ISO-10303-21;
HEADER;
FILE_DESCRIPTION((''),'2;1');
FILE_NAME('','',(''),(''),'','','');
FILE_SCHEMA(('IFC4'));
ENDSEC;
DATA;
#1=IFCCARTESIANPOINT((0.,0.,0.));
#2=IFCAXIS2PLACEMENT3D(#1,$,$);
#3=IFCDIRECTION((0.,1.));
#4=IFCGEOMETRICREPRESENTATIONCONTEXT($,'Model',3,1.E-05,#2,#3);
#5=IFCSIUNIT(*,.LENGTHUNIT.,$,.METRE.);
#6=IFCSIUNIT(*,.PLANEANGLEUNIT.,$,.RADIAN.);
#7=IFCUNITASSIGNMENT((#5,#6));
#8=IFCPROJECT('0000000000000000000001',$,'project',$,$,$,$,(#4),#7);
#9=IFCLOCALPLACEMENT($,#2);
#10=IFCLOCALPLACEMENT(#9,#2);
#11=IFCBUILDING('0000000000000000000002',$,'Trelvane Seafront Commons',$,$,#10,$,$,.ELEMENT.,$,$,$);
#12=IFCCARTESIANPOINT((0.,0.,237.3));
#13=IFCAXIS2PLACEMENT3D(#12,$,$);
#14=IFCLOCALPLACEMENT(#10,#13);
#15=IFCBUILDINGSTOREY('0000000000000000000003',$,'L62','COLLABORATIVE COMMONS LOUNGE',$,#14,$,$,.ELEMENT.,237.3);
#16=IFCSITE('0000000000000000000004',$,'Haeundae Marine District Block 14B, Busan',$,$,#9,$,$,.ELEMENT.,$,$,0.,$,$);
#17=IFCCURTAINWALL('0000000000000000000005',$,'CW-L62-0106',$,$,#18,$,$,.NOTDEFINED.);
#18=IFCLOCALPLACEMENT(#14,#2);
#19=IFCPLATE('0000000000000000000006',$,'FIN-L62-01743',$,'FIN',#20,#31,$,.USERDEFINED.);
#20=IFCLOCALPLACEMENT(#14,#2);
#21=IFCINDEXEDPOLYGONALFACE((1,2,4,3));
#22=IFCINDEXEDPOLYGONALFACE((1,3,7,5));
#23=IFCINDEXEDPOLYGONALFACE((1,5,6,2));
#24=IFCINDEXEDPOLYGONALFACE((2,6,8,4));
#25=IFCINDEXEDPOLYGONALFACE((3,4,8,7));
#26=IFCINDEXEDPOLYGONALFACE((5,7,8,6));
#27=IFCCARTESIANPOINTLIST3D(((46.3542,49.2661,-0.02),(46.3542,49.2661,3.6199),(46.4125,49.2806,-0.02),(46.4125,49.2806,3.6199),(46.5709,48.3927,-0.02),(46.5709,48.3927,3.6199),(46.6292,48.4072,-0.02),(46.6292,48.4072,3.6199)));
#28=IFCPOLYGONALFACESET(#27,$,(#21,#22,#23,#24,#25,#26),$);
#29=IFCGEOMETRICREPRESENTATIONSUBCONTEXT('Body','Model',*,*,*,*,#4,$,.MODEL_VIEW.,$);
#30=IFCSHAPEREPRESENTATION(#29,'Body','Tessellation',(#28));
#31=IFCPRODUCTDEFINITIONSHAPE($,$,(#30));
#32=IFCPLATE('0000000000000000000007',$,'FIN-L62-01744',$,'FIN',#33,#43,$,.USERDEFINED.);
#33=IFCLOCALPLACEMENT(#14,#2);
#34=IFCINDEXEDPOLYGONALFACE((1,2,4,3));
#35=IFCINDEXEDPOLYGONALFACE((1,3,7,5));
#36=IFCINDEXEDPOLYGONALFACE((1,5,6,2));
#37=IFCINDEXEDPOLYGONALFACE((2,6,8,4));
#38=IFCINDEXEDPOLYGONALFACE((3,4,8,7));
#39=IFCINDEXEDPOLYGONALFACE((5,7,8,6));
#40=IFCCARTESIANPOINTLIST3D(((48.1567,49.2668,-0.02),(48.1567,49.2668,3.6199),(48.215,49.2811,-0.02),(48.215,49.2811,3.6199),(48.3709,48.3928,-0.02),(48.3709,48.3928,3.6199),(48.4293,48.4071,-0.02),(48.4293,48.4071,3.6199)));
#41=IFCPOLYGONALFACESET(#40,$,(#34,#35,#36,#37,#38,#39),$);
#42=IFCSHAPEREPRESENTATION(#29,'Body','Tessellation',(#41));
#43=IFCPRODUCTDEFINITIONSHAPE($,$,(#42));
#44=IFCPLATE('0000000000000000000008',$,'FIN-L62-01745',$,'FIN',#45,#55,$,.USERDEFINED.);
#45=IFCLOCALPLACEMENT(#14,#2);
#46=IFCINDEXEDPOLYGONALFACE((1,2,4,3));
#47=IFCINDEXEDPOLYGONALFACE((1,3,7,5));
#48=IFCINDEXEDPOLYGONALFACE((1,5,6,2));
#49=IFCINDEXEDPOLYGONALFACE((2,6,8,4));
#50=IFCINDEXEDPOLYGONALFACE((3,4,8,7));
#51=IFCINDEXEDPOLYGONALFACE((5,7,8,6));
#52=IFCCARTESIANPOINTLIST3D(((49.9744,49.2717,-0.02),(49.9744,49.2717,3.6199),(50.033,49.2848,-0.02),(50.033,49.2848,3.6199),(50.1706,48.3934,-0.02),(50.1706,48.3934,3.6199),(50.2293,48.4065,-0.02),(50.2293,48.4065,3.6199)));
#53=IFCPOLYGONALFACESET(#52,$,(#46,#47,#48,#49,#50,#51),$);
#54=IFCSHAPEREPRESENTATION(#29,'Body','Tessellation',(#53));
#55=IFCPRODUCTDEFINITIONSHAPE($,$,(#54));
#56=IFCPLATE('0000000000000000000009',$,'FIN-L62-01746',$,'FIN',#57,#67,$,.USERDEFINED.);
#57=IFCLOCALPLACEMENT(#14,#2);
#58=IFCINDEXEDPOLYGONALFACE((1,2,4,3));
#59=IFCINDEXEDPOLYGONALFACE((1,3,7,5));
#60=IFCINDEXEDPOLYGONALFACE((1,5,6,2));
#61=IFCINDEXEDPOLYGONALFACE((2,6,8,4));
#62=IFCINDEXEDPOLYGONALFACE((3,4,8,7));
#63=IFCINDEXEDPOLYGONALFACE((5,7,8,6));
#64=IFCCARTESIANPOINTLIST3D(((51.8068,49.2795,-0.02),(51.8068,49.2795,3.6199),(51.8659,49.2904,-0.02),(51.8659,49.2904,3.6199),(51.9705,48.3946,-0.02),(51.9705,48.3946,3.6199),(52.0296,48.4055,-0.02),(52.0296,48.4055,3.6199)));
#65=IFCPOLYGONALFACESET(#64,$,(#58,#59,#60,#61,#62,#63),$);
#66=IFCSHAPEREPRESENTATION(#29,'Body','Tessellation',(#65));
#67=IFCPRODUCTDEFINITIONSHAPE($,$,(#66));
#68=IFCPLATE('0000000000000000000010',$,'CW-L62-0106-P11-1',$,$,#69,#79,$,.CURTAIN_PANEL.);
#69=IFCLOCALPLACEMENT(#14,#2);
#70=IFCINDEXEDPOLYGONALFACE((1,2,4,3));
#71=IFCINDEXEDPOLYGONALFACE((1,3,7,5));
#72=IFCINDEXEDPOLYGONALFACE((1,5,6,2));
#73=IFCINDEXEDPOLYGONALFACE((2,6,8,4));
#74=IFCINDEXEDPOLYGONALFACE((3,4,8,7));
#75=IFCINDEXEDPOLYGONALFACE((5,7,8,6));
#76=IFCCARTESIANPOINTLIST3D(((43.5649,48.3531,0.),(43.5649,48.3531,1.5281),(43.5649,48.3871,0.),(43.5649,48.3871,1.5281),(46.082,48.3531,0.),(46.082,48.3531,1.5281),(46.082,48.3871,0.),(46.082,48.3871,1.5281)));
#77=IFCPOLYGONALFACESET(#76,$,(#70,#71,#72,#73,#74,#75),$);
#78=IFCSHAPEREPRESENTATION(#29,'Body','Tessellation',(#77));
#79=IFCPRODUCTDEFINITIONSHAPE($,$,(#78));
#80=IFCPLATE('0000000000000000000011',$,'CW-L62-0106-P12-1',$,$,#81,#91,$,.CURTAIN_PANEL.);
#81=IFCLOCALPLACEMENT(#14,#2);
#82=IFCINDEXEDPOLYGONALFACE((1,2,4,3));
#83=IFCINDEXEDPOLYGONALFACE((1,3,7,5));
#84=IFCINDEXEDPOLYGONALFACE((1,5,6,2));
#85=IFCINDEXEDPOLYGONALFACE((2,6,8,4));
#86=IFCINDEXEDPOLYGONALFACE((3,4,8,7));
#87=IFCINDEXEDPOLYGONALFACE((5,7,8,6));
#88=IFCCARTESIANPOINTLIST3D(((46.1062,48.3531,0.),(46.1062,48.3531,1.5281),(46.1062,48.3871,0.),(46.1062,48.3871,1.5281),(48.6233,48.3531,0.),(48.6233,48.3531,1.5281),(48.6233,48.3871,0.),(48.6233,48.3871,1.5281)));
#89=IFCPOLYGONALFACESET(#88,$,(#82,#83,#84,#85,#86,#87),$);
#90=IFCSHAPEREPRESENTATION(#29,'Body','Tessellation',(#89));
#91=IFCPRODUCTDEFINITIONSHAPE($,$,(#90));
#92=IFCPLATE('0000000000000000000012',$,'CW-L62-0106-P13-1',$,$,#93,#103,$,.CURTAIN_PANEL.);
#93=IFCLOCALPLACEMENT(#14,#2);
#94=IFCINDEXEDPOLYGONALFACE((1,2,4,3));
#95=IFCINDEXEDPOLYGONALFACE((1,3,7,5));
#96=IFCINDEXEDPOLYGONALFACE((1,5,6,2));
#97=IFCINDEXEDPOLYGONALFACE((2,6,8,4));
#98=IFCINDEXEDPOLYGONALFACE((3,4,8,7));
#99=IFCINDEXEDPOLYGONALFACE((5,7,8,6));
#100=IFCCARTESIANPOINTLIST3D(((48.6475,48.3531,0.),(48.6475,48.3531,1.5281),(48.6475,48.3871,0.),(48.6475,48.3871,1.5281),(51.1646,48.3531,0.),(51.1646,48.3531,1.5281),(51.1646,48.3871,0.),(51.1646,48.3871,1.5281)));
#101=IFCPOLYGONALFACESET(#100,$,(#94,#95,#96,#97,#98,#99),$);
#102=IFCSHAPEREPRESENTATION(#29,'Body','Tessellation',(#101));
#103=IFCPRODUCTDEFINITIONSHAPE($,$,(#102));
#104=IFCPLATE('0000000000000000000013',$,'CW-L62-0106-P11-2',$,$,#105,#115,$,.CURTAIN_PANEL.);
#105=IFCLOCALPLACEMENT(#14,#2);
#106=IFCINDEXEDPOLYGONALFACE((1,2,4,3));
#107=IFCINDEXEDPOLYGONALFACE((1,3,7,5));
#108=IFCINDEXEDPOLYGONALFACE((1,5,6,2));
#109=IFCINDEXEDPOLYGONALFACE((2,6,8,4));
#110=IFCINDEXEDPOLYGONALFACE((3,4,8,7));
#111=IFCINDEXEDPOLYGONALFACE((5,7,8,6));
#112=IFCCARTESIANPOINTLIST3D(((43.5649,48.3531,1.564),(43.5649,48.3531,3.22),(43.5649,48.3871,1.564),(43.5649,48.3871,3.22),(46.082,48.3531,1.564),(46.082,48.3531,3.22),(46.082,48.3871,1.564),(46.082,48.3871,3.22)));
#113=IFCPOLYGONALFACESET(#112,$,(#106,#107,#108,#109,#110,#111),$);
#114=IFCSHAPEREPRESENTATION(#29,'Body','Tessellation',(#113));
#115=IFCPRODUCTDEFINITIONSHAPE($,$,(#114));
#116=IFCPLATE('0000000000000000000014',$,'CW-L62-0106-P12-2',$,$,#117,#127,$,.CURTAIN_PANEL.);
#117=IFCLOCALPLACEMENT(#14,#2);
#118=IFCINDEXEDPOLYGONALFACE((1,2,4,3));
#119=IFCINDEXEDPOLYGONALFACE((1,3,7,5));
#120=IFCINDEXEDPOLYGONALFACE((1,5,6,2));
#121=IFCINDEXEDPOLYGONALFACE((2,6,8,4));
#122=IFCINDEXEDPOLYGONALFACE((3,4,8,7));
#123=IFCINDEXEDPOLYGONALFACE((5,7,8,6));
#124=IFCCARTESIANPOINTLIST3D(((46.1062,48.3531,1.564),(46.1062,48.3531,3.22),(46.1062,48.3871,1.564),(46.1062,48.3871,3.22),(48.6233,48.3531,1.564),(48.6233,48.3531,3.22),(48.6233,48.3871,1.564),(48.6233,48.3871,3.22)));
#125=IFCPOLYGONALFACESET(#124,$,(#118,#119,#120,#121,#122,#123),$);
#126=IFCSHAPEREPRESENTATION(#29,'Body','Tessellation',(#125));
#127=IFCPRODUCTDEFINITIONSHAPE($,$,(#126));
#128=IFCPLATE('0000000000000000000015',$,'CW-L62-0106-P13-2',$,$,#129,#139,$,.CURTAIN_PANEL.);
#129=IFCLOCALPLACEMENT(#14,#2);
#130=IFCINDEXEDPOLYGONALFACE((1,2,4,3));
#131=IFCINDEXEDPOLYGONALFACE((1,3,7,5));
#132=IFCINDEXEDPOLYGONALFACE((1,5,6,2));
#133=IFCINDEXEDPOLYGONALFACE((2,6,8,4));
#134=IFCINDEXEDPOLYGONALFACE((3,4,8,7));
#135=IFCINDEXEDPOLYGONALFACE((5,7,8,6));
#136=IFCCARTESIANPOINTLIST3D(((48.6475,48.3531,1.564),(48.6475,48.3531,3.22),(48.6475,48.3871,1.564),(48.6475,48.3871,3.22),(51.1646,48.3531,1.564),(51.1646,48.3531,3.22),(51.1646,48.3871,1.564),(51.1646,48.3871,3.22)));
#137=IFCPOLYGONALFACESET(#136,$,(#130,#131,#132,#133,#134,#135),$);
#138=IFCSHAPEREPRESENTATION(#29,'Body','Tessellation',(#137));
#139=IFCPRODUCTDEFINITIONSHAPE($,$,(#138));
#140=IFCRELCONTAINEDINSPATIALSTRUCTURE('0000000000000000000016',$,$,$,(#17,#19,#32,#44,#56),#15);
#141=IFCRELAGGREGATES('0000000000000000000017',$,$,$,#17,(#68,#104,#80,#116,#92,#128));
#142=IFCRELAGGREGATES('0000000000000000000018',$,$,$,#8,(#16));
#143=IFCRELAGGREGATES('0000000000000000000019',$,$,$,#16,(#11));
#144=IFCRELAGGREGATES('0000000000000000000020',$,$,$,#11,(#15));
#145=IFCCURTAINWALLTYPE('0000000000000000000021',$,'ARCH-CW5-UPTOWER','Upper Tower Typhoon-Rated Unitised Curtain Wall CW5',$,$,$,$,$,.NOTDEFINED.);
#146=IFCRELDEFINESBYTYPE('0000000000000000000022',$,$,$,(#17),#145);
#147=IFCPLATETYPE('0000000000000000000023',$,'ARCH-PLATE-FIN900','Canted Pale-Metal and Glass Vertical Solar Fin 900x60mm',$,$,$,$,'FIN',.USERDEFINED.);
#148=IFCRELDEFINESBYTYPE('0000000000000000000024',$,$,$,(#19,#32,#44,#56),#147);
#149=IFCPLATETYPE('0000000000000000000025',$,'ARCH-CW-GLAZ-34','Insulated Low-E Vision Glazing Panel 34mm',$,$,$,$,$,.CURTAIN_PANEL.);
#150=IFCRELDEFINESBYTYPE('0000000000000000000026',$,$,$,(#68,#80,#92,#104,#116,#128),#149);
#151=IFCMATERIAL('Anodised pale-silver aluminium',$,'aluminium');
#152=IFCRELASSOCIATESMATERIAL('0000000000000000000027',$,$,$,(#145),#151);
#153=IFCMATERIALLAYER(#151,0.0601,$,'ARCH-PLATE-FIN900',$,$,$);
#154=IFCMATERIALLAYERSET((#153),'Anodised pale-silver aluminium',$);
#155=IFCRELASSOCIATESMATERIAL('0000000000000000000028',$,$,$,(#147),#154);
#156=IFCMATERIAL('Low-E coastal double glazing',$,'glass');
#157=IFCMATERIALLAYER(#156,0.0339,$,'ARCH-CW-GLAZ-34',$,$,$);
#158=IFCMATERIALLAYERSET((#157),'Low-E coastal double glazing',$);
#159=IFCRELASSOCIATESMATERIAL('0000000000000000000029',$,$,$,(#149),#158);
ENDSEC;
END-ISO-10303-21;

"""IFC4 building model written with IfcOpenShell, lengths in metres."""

from ifc_helpers import new_model, si_unit, direction, frame, origin, origin_2d, place, context, subcontext, project, spatial, rectangle, extrude, source, transform, mapped, material, layer, layer_set, type_object, element, aggregate, save


model = new_model("IFC4")

# Units and contexts
model_context = context("Model", 3, precision=1e-05, world=origin(), true_north=direction((0.0, 1.0)))
body_context = subcontext(model_context, "Body", "Model", "MODEL_VIEW")
ifc_project = project(units=[si_unit("LENGTHUNIT", "METRE"), si_unit("PLANEANGLEUNIT", "RADIAN")], contexts=[model_context])

# Site, building, storey
site_placement = place(None, origin())
site = spatial("IfcSite", under=ifc_project, at=site_placement, Name="Haeundae Marine District Block 14B, Busan", CompositionType="ELEMENT", RefElevation=0.0)
building_placement = place(site_placement, origin())
building = spatial("IfcBuilding", under=site, at=building_placement, Name="Trelvane Seafront Commons", CompositionType="ELEMENT")
storey_placement = place(building_placement, frame((0.0, 0.0, 237.3)))
storey = spatial("IfcBuildingStorey", under=building, at=storey_placement, Name="L62", Description="COLLABORATIVE COMMONS LOUNGE", CompositionType="ELEMENT", Elevation=237.3)

# Curtain wall
ifc_material_1 = material(Name="Anodised pale-silver aluminium", Category="aluminium")
curtain_wall_type = type_object("IfcCurtainWallType", Name="ARCH-CW5-UPTOWER", Description="Upper Tower Typhoon-Rated Unitised Curtain Wall CW5", PredefinedType="NOTDEFINED", material=ifc_material_1)
curtain_wall_placement = place(storey_placement, origin())
curtain_wall = element("IfcCurtainWall", 1, at=curtain_wall_placement, inside=storey, type_object=curtain_wall_type, Name="CW-L62-0106", PredefinedType="NOTDEFINED")

# Plates
ifc_layer_1 = layer(ifc_material_1, 0.0601, Name="ARCH-PLATE-FIN900")
ifc_layer_set_1 = layer_set([ifc_layer_1], Name="Anodised pale-silver aluminium")
plate_type_1 = type_object("IfcPlateType", Name="ARCH-PLATE-FIN900", Description="Canted Pale-Metal and Glass Vertical Solar Fin 900x60mm", ElementType="FIN", PredefinedType="USERDEFINED", material=ifc_layer_set_1)
shared_shape_1 = source(origin(), body_context, "Body", "SweptSolid", [
    extrude(rectangle(XDim=0.8999, YDim=0.0601, at=origin_2d()), origin(), (0.0, 0.0, 1.0), 3.6399),
])
for number, where, z_axis, x_axis, name in (
    (2, (46.4917, 48.8367, -0.02), (0.0, 0.0, 1.0), (-0.240889, 0.970553, 0.0), "FIN-L62-01743"),
    (3, (48.293, 48.8369, -0.02), (0.0, 0.0, 1.0), (-0.238115, 0.971237, 0.0), "FIN-L62-01744"),
    (4, (50.1018, 48.8391, -0.02), (0.0, 0.0, 1.0), (-0.218119, 0.975922, 0.0), "FIN-L62-01745"),
    (5, (51.9182, 48.8425, -0.02), (0.0, 0.0, 1.0), (-0.181887, 0.983319, 0.0), "FIN-L62-01746"),
):
    element("IfcPlate", number, at=place(storey_placement, frame(where, z_axis=z_axis, x_axis=x_axis)), inside=storey, type_object=plate_type_1, Name=name, ObjectType="FIN", PredefinedType="USERDEFINED", context=body_context, shape_type="MappedRepresentation", body=[
        mapped(shared_shape_1, transform((0.0, 0.0, 0.0), x_axis=(1.0, 0.0, 0.0), y_axis=(0.0, 1.0, 0.0), z_axis=(0.0, 0.0, 1.0), scale=1.0)),
    ])

# Plates
ifc_material_2 = material(Name="Low-E coastal double glazing", Category="glass")
ifc_layer_2 = layer(ifc_material_2, 0.0339, Name="ARCH-CW-GLAZ-34")
ifc_layer_set_2 = layer_set([ifc_layer_2], Name="Low-E coastal double glazing")
plate_type_2 = type_object("IfcPlateType", Name="ARCH-CW-GLAZ-34", Description="Insulated Low-E Vision Glazing Panel 34mm", PredefinedType="CURTAIN_PANEL", material=ifc_layer_set_2)
shared_shape_2 = source(origin(), body_context, "Body", "SweptSolid", [
    extrude(rectangle(XDim=2.5171, YDim=0.0339, at=origin_2d()), origin(), (0.0, 0.0, 1.0), 1.5281),
])
plate_1_placement = place(storey_placement, frame((44.8235, 48.3701, 0.0), z_axis=(0.0, 0.0, 1.0), x_axis=(1.0, 0.0, 0.0)))
plate_1 = element("IfcPlate", 6, at=plate_1_placement, type_object=plate_type_2, Name="CW-L62-0106-P11-1", PredefinedType="CURTAIN_PANEL", context=body_context, shape_type="MappedRepresentation", body=[
    mapped(shared_shape_2, transform((0.0, 0.0, 0.0), x_axis=(1.0, 0.0, 0.0), y_axis=(0.0, 1.0, 0.0), z_axis=(0.0, 0.0, 1.0), scale=1.0)),
])
plate_2_placement = place(storey_placement, frame((47.3647, 48.3701, 0.0), z_axis=(0.0, 0.0, 1.0), x_axis=(1.0, 0.0, 0.0)))
plate_2 = element("IfcPlate", 7, at=plate_2_placement, type_object=plate_type_2, Name="CW-L62-0106-P12-1", PredefinedType="CURTAIN_PANEL", context=body_context, shape_type="MappedRepresentation", body=[
    mapped(shared_shape_2, transform((0.0, 0.0, 0.0), x_axis=(1.0, 0.0, 0.0), y_axis=(0.0, 1.0, 0.0), z_axis=(0.0, 0.0, 1.0), scale=1.0)),
])
plate_3_placement = place(storey_placement, frame((49.906, 48.3701, 0.0), z_axis=(0.0, 0.0, 1.0), x_axis=(1.0, 0.0, 0.0)))
plate_3 = element("IfcPlate", 8, at=plate_3_placement, type_object=plate_type_2, Name="CW-L62-0106-P13-1", PredefinedType="CURTAIN_PANEL", context=body_context, shape_type="MappedRepresentation", body=[
    mapped(shared_shape_2, transform((0.0, 0.0, 0.0), x_axis=(1.0, 0.0, 0.0), y_axis=(0.0, 1.0, 0.0), z_axis=(0.0, 0.0, 1.0), scale=1.0)),
])
shared_shape_3 = source(origin(), body_context, "Body", "SweptSolid", [
    extrude(rectangle(XDim=2.5171, YDim=0.0339, at=origin_2d()), origin(), (0.0, 0.0, 1.0), 1.656),
])
plate_4_placement = place(storey_placement, frame((44.8235, 48.3701, 1.564), z_axis=(0.0, 0.0, 1.0), x_axis=(1.0, 0.0, 0.0)))
plate_4 = element("IfcPlate", 9, at=plate_4_placement, type_object=plate_type_2, Name="CW-L62-0106-P11-2", PredefinedType="CURTAIN_PANEL", context=body_context, shape_type="MappedRepresentation", body=[
    mapped(shared_shape_3, transform((0.0, 0.0, 0.0), x_axis=(1.0, 0.0, 0.0), y_axis=(0.0, 1.0, 0.0), z_axis=(0.0, 0.0, 1.0), scale=1.0)),
])
plate_5_placement = place(storey_placement, frame((47.3647, 48.3701, 1.564), z_axis=(0.0, 0.0, 1.0), x_axis=(1.0, 0.0, 0.0)))
plate_5 = element("IfcPlate", 10, at=plate_5_placement, type_object=plate_type_2, Name="CW-L62-0106-P12-2", PredefinedType="CURTAIN_PANEL", context=body_context, shape_type="MappedRepresentation", body=[
    mapped(shared_shape_3, transform((0.0, 0.0, 0.0), x_axis=(1.0, 0.0, 0.0), y_axis=(0.0, 1.0, 0.0), z_axis=(0.0, 0.0, 1.0), scale=1.0)),
])
plate_6_placement = place(storey_placement, frame((49.906, 48.3701, 1.564), z_axis=(0.0, 0.0, 1.0), x_axis=(1.0, 0.0, 0.0)))
plate_6 = element("IfcPlate", 11, at=plate_6_placement, type_object=plate_type_2, Name="CW-L62-0106-P13-2", PredefinedType="CURTAIN_PANEL", context=body_context, shape_type="MappedRepresentation", body=[
    mapped(shared_shape_3, transform((0.0, 0.0, 0.0), x_axis=(1.0, 0.0, 0.0), y_axis=(0.0, 1.0, 0.0), z_axis=(0.0, 0.0, 1.0), scale=1.0)),
])
aggregate(curtain_wall, [plate_1, plate_4, plate_2, plate_5, plate_3, plate_6])

save(model, "model.ifc")
